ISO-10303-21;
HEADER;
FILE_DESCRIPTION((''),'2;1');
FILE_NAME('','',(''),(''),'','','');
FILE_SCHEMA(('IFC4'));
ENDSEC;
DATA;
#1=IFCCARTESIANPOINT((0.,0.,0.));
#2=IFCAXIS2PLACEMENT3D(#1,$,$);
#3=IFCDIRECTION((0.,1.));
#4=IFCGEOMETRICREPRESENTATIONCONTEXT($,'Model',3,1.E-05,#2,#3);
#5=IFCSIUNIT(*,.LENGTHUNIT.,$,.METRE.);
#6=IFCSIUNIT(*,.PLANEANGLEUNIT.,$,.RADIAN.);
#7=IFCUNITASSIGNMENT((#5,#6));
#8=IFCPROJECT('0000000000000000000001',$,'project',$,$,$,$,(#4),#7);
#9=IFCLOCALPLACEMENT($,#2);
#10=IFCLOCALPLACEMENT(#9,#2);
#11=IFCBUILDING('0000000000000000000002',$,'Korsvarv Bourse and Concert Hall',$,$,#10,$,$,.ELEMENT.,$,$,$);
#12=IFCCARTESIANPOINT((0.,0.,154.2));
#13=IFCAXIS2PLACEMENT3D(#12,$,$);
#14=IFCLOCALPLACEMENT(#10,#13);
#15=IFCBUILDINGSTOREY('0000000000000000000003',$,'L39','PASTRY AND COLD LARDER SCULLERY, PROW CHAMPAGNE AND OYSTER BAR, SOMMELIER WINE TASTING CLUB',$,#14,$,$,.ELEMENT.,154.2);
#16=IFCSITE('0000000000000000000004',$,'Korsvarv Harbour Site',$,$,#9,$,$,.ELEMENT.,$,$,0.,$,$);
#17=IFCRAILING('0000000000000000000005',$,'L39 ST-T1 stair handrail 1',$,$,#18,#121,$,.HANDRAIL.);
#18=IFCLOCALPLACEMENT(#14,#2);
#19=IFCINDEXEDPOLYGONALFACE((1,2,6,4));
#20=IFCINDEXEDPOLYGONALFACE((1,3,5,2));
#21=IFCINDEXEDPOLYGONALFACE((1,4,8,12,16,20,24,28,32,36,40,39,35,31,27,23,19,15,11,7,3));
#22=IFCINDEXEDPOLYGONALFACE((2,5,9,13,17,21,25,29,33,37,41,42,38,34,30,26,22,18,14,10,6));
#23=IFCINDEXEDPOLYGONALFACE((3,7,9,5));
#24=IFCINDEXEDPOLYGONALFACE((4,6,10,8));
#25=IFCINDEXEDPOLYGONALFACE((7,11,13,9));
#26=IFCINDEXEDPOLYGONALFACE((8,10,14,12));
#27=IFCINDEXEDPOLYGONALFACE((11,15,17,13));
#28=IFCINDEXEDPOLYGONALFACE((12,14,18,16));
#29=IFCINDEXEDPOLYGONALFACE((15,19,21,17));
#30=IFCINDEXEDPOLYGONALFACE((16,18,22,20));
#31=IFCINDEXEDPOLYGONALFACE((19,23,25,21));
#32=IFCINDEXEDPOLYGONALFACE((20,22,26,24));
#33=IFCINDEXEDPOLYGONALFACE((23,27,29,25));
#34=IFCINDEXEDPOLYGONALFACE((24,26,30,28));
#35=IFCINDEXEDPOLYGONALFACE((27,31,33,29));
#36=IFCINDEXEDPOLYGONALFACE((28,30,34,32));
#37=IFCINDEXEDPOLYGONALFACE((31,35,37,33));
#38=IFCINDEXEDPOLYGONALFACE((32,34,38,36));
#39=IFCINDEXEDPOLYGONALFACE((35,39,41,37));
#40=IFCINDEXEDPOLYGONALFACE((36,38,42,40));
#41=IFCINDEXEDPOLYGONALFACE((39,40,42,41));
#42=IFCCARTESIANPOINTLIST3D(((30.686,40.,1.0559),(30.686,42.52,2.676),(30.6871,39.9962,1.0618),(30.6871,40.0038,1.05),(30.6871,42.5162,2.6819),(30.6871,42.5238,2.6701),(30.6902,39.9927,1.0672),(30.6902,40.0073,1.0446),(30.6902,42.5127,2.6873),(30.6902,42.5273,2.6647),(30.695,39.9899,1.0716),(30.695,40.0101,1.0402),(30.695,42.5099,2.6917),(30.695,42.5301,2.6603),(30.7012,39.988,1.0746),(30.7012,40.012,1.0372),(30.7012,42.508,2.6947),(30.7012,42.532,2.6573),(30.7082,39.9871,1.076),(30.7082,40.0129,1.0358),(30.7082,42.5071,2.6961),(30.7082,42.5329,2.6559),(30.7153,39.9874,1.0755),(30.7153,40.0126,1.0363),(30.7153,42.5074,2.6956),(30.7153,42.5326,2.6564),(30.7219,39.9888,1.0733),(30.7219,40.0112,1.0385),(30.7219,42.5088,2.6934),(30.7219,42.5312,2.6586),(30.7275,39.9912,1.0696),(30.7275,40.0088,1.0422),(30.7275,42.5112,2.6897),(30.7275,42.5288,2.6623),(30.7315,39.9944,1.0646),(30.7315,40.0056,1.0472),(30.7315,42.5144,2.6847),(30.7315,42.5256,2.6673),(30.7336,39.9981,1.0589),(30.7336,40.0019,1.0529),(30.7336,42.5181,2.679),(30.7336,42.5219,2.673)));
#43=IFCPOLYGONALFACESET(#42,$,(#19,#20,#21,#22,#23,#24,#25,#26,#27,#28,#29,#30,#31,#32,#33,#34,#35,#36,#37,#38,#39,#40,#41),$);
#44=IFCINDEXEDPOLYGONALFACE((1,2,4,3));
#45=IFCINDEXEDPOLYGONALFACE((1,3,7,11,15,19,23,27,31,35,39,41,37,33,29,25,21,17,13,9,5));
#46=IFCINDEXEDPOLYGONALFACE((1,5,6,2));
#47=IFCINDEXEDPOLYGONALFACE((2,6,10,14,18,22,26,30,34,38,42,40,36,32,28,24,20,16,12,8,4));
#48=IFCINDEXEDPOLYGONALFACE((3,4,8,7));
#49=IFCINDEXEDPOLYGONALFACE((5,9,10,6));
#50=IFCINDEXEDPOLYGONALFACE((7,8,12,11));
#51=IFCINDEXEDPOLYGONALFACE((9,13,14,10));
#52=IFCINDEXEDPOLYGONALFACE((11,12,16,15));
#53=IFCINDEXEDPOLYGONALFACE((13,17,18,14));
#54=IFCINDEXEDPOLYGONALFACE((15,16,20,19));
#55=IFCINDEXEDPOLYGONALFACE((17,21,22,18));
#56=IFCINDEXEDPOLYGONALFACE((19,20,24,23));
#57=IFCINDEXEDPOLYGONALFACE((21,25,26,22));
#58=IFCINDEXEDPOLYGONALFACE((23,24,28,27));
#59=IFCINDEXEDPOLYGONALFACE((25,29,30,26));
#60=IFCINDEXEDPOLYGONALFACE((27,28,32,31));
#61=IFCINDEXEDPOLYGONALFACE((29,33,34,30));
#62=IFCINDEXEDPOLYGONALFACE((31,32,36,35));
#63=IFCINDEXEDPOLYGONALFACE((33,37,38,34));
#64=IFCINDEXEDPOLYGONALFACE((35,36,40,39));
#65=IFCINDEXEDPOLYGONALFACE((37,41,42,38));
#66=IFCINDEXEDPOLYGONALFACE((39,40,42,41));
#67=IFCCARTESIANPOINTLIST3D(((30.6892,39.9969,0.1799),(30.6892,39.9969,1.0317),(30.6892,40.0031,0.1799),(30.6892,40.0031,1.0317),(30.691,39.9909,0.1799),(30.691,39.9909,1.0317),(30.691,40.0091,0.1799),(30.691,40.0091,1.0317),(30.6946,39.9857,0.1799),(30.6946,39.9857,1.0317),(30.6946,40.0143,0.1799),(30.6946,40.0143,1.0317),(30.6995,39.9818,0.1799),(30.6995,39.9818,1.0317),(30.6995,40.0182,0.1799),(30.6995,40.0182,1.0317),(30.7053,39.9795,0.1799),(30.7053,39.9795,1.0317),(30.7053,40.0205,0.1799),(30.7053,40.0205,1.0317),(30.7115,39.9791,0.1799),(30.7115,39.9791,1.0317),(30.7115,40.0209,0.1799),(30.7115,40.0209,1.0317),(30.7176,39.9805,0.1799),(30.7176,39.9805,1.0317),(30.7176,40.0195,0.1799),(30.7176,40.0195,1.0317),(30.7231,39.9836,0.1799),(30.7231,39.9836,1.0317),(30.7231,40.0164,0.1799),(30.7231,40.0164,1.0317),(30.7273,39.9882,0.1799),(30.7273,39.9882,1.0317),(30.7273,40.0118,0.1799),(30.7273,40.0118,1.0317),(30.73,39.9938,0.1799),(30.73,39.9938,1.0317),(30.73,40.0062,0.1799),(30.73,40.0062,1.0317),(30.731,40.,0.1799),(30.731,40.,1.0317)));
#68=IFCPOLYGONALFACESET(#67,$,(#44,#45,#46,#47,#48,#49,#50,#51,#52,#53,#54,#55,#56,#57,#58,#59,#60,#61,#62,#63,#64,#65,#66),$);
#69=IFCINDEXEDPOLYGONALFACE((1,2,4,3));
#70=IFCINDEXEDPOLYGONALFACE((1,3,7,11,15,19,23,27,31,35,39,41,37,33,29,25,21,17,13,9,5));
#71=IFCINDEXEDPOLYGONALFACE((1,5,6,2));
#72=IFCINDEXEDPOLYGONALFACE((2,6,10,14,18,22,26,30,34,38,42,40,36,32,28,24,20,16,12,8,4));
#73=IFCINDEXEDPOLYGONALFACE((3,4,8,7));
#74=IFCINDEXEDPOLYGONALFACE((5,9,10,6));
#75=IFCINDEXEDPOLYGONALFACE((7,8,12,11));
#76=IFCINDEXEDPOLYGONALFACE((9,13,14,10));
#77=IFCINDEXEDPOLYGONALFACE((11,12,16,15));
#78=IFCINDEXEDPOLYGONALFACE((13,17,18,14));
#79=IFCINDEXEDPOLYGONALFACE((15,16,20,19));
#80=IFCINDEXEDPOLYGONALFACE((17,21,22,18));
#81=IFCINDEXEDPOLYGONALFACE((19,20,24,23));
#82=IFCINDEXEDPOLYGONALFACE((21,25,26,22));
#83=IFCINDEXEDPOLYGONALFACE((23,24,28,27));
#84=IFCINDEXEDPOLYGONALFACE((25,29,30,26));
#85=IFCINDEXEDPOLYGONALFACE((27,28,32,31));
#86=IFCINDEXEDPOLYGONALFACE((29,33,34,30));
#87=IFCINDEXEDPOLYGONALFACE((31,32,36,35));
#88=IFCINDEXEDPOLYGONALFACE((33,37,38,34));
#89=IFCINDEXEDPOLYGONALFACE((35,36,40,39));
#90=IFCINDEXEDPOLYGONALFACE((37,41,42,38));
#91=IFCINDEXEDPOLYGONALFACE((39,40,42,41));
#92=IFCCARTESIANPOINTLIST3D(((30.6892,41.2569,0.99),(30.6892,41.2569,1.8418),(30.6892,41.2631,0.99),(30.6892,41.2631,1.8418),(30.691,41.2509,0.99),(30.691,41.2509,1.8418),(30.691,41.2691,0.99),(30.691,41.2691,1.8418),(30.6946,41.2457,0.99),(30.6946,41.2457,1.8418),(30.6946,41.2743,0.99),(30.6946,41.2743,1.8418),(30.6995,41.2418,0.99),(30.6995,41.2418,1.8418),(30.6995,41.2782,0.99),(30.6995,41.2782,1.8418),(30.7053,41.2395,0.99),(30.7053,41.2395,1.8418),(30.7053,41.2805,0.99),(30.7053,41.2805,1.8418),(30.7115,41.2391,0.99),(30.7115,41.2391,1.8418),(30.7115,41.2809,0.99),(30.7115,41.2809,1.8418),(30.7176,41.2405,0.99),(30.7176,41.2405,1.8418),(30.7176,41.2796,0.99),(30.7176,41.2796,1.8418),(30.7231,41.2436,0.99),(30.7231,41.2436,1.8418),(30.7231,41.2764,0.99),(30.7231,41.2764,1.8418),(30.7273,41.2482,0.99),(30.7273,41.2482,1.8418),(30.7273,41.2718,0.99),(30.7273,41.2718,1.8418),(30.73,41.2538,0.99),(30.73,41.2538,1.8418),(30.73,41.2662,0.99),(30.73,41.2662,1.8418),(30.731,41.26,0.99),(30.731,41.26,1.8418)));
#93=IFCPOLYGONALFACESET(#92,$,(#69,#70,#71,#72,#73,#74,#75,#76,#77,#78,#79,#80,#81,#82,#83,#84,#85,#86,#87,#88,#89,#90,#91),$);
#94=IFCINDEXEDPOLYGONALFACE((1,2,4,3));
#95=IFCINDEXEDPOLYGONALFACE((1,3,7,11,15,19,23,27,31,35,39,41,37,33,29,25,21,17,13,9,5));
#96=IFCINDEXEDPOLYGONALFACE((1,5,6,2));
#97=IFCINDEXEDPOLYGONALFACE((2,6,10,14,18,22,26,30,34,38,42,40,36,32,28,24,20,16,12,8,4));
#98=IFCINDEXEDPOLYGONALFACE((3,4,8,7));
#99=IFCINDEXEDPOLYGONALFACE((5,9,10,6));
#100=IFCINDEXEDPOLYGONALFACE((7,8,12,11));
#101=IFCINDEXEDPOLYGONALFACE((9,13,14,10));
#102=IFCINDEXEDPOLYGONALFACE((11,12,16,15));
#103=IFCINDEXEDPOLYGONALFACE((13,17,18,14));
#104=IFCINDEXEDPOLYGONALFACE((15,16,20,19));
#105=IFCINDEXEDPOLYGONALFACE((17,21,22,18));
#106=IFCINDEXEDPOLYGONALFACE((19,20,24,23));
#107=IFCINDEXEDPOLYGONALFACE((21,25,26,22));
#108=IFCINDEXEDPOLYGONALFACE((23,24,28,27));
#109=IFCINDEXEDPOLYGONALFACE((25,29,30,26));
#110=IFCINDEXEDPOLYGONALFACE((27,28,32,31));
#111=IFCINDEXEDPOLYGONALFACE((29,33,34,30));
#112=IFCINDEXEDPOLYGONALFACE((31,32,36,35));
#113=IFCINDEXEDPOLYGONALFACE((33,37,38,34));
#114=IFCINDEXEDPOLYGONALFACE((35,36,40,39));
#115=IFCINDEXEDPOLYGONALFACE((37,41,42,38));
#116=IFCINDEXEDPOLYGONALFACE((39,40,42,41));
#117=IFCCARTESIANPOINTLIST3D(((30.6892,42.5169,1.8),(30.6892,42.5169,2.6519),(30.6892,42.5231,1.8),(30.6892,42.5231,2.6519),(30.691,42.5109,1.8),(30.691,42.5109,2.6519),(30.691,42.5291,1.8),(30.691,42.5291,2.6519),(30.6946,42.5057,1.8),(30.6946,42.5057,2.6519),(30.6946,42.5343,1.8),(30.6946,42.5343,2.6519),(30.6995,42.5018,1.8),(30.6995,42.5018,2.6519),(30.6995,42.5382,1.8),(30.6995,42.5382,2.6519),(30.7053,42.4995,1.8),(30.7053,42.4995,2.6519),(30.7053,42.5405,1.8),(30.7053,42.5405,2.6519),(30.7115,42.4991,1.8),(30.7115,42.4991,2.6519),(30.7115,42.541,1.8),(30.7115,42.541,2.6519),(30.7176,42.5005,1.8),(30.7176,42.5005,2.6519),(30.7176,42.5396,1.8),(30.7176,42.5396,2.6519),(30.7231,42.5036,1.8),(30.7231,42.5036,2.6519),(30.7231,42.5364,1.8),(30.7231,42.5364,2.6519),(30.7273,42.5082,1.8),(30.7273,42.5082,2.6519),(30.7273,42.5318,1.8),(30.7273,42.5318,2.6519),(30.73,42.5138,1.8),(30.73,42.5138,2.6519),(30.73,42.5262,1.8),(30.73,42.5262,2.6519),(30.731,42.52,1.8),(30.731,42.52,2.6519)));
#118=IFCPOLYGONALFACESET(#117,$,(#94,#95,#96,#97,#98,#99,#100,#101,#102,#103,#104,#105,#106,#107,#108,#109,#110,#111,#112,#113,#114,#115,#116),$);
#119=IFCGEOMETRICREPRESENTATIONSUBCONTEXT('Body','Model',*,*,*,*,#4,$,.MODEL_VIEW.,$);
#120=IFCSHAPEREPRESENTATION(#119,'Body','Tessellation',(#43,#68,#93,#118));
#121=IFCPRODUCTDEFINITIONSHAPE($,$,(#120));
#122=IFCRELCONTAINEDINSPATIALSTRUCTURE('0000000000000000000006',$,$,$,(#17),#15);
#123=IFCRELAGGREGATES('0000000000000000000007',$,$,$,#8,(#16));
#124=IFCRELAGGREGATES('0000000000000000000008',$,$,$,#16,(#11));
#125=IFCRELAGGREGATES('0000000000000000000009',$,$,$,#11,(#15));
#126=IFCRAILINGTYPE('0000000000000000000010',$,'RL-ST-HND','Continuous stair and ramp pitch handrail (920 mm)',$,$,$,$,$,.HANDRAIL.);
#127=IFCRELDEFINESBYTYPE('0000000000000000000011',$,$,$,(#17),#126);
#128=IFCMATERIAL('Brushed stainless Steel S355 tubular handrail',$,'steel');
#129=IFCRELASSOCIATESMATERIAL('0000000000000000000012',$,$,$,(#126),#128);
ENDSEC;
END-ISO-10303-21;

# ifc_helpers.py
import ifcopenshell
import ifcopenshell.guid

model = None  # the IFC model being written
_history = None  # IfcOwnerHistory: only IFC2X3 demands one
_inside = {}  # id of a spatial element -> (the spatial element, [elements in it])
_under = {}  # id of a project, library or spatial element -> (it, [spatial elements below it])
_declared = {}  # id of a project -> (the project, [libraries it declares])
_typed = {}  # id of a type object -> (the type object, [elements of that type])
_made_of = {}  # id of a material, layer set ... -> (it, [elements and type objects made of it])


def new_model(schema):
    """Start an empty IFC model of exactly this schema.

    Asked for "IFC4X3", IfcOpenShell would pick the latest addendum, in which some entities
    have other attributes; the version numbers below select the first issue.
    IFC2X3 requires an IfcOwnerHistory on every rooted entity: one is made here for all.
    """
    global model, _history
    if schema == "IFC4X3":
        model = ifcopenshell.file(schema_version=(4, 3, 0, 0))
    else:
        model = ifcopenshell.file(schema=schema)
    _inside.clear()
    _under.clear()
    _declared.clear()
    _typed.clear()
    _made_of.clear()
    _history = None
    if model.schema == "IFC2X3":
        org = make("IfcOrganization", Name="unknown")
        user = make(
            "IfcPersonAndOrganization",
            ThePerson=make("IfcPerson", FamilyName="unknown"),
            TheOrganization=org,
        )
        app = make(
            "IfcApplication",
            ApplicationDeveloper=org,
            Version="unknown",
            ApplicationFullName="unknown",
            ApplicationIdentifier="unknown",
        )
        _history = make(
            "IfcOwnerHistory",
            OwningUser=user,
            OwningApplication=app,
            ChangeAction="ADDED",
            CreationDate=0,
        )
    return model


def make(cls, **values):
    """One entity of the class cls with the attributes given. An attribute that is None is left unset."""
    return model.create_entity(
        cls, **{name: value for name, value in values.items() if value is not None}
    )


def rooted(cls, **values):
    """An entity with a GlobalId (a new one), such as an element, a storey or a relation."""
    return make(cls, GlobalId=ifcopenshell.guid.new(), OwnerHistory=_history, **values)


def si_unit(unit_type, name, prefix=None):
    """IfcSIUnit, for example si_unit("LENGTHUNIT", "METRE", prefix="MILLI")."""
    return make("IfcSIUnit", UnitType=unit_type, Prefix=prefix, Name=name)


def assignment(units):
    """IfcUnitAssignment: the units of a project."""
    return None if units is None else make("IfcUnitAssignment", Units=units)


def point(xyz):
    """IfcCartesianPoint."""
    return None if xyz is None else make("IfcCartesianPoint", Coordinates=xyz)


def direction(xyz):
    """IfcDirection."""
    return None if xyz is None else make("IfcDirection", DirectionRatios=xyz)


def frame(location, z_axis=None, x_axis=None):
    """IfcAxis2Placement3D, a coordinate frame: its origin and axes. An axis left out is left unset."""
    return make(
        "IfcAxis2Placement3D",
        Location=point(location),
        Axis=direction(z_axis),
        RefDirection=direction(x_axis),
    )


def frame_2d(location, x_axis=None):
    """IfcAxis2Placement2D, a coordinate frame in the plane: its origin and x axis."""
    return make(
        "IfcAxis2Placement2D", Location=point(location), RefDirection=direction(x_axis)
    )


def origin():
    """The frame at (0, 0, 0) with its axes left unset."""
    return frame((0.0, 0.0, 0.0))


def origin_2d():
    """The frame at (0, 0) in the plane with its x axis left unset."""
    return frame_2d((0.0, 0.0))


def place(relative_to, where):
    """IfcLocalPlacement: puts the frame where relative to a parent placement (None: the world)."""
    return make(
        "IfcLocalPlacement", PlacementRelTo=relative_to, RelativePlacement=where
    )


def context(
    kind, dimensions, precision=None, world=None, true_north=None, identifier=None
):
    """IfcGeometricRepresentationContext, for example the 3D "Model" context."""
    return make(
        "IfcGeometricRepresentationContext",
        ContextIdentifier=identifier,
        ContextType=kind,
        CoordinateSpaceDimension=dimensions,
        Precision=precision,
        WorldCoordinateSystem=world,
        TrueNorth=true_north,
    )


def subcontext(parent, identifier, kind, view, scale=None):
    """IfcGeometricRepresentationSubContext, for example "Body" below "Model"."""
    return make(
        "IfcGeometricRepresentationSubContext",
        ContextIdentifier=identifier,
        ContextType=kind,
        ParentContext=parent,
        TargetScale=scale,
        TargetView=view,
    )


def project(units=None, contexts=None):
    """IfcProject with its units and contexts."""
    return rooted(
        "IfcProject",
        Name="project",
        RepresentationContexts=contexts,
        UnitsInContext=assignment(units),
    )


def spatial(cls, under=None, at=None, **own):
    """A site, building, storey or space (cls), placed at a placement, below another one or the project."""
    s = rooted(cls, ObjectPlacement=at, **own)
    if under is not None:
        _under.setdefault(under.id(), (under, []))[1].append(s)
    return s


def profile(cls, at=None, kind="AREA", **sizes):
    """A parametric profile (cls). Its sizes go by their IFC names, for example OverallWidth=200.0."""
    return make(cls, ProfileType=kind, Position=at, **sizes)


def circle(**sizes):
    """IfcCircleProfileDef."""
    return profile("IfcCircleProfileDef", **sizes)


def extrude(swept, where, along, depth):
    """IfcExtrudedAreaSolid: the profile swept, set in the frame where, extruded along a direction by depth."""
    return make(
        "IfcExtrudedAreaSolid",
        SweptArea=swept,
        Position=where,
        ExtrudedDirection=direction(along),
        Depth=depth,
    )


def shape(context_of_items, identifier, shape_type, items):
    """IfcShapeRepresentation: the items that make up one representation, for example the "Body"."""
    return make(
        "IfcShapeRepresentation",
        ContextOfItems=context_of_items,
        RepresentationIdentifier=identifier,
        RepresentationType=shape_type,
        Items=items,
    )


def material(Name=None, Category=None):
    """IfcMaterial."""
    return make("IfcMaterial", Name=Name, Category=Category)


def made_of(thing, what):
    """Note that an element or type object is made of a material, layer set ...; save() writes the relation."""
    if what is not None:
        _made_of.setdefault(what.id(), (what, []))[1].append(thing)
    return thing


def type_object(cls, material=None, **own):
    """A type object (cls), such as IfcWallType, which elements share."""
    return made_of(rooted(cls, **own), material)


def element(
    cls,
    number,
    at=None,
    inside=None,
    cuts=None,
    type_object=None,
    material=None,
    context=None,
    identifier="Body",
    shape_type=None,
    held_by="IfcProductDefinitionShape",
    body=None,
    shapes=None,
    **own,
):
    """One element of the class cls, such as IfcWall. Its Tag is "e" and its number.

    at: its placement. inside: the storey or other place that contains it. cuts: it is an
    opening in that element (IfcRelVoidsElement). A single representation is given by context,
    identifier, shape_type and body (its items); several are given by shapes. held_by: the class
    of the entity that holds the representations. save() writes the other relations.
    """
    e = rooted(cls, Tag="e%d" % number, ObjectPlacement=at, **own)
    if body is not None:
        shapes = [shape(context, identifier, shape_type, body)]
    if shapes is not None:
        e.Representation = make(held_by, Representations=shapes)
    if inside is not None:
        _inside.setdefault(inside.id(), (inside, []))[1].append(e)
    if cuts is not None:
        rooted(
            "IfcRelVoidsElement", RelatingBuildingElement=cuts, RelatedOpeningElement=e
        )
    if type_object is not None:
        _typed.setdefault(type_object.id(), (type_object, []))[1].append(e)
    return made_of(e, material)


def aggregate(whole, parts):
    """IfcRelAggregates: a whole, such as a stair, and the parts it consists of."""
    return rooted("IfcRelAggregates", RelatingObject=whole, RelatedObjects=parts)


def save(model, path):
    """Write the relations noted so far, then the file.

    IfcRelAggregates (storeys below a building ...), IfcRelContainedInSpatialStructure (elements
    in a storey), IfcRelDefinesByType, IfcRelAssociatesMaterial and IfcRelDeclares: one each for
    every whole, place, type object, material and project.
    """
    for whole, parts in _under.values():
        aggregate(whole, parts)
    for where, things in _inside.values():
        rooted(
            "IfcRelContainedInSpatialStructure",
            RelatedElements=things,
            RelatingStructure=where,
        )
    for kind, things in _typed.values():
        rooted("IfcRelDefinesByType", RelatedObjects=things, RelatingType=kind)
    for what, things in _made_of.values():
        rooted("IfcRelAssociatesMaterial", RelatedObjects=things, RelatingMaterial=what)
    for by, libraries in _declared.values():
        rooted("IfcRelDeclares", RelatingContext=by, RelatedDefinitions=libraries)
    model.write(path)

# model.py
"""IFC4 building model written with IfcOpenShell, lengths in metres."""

from ifc_helpers import new_model, si_unit, direction, frame, origin, origin_2d, place, context, subcontext, project, spatial, circle, extrude, material, type_object, element, save


model = new_model("IFC4")

# Units and contexts
model_context = context("Model", 3, precision=1e-05, world=origin(), true_north=direction((0.0, 1.0)))
body_context = subcontext(model_context, "Body", "Model", "MODEL_VIEW")
ifc_project = project(units=[si_unit("LENGTHUNIT", "METRE"), si_unit("PLANEANGLEUNIT", "RADIAN")], contexts=[model_context])

# Site, building, storey
site_placement = place(None, origin())
site = spatial("IfcSite", under=ifc_project, at=site_placement, Name="Korsvarv Harbour Site", CompositionType="ELEMENT", RefElevation=0.0)
building_placement = place(site_placement, origin())
building = spatial("IfcBuilding", under=site, at=building_placement, Name="Korsvarv Bourse and Concert Hall", CompositionType="ELEMENT")
storey_placement = place(building_placement, frame((0.0, 0.0, 154.2)))
storey = spatial("IfcBuildingStorey", under=building, at=storey_placement, Name="L39", Description="PASTRY AND COLD LARDER SCULLERY, PROW CHAMPAGNE AND OYSTER BAR, SOMMELIER WINE TASTING CLUB", CompositionType="ELEMENT", Elevation=154.2)

# Railing
ifc_material_1 = material(Name="Brushed stainless Steel S355 tubular handrail", Category="steel")
railing_type_1 = type_object("IfcRailingType", Name="RL-ST-HND", Description="Continuous stair and ramp pitch handrail (920 mm)", PredefinedType="HANDRAIL", material=ifc_material_1)
railing_1_placement = place(storey_placement, frame((30.71, 40.0, 0.1799)))
element("IfcRailing", 1, at=railing_1_placement, inside=storey, type_object=railing_type_1, Name="L39 ST-T1 stair handrail 1", PredefinedType="HANDRAIL", context=body_context, shape_type="SweptSolid", body=[
    extrude(circle(Radius=0.0239, at=origin_2d()), frame((0.0, 0.0, 0.876), z_axis=(0.0, 0.841163, 0.540782), x_axis=(-1.0, 0.0, 0.0)), (0.0, 0.0, 1.0), 2.9958),
    extrude(circle(Radius=0.021, at=origin_2d()), origin(), (0.0, 0.0, 1.0), 0.8518),
    extrude(circle(Radius=0.021, at=origin_2d()), frame((0.0, 1.26, 0.8101)), (0.0, 0.0, 1.0), 0.8518),
    extrude(circle(Radius=0.021, at=origin_2d()), frame((0.0, 2.52, 1.6201)), (0.0, 0.0, 1.0), 0.8518),
])

save(model, "model.ifc")
